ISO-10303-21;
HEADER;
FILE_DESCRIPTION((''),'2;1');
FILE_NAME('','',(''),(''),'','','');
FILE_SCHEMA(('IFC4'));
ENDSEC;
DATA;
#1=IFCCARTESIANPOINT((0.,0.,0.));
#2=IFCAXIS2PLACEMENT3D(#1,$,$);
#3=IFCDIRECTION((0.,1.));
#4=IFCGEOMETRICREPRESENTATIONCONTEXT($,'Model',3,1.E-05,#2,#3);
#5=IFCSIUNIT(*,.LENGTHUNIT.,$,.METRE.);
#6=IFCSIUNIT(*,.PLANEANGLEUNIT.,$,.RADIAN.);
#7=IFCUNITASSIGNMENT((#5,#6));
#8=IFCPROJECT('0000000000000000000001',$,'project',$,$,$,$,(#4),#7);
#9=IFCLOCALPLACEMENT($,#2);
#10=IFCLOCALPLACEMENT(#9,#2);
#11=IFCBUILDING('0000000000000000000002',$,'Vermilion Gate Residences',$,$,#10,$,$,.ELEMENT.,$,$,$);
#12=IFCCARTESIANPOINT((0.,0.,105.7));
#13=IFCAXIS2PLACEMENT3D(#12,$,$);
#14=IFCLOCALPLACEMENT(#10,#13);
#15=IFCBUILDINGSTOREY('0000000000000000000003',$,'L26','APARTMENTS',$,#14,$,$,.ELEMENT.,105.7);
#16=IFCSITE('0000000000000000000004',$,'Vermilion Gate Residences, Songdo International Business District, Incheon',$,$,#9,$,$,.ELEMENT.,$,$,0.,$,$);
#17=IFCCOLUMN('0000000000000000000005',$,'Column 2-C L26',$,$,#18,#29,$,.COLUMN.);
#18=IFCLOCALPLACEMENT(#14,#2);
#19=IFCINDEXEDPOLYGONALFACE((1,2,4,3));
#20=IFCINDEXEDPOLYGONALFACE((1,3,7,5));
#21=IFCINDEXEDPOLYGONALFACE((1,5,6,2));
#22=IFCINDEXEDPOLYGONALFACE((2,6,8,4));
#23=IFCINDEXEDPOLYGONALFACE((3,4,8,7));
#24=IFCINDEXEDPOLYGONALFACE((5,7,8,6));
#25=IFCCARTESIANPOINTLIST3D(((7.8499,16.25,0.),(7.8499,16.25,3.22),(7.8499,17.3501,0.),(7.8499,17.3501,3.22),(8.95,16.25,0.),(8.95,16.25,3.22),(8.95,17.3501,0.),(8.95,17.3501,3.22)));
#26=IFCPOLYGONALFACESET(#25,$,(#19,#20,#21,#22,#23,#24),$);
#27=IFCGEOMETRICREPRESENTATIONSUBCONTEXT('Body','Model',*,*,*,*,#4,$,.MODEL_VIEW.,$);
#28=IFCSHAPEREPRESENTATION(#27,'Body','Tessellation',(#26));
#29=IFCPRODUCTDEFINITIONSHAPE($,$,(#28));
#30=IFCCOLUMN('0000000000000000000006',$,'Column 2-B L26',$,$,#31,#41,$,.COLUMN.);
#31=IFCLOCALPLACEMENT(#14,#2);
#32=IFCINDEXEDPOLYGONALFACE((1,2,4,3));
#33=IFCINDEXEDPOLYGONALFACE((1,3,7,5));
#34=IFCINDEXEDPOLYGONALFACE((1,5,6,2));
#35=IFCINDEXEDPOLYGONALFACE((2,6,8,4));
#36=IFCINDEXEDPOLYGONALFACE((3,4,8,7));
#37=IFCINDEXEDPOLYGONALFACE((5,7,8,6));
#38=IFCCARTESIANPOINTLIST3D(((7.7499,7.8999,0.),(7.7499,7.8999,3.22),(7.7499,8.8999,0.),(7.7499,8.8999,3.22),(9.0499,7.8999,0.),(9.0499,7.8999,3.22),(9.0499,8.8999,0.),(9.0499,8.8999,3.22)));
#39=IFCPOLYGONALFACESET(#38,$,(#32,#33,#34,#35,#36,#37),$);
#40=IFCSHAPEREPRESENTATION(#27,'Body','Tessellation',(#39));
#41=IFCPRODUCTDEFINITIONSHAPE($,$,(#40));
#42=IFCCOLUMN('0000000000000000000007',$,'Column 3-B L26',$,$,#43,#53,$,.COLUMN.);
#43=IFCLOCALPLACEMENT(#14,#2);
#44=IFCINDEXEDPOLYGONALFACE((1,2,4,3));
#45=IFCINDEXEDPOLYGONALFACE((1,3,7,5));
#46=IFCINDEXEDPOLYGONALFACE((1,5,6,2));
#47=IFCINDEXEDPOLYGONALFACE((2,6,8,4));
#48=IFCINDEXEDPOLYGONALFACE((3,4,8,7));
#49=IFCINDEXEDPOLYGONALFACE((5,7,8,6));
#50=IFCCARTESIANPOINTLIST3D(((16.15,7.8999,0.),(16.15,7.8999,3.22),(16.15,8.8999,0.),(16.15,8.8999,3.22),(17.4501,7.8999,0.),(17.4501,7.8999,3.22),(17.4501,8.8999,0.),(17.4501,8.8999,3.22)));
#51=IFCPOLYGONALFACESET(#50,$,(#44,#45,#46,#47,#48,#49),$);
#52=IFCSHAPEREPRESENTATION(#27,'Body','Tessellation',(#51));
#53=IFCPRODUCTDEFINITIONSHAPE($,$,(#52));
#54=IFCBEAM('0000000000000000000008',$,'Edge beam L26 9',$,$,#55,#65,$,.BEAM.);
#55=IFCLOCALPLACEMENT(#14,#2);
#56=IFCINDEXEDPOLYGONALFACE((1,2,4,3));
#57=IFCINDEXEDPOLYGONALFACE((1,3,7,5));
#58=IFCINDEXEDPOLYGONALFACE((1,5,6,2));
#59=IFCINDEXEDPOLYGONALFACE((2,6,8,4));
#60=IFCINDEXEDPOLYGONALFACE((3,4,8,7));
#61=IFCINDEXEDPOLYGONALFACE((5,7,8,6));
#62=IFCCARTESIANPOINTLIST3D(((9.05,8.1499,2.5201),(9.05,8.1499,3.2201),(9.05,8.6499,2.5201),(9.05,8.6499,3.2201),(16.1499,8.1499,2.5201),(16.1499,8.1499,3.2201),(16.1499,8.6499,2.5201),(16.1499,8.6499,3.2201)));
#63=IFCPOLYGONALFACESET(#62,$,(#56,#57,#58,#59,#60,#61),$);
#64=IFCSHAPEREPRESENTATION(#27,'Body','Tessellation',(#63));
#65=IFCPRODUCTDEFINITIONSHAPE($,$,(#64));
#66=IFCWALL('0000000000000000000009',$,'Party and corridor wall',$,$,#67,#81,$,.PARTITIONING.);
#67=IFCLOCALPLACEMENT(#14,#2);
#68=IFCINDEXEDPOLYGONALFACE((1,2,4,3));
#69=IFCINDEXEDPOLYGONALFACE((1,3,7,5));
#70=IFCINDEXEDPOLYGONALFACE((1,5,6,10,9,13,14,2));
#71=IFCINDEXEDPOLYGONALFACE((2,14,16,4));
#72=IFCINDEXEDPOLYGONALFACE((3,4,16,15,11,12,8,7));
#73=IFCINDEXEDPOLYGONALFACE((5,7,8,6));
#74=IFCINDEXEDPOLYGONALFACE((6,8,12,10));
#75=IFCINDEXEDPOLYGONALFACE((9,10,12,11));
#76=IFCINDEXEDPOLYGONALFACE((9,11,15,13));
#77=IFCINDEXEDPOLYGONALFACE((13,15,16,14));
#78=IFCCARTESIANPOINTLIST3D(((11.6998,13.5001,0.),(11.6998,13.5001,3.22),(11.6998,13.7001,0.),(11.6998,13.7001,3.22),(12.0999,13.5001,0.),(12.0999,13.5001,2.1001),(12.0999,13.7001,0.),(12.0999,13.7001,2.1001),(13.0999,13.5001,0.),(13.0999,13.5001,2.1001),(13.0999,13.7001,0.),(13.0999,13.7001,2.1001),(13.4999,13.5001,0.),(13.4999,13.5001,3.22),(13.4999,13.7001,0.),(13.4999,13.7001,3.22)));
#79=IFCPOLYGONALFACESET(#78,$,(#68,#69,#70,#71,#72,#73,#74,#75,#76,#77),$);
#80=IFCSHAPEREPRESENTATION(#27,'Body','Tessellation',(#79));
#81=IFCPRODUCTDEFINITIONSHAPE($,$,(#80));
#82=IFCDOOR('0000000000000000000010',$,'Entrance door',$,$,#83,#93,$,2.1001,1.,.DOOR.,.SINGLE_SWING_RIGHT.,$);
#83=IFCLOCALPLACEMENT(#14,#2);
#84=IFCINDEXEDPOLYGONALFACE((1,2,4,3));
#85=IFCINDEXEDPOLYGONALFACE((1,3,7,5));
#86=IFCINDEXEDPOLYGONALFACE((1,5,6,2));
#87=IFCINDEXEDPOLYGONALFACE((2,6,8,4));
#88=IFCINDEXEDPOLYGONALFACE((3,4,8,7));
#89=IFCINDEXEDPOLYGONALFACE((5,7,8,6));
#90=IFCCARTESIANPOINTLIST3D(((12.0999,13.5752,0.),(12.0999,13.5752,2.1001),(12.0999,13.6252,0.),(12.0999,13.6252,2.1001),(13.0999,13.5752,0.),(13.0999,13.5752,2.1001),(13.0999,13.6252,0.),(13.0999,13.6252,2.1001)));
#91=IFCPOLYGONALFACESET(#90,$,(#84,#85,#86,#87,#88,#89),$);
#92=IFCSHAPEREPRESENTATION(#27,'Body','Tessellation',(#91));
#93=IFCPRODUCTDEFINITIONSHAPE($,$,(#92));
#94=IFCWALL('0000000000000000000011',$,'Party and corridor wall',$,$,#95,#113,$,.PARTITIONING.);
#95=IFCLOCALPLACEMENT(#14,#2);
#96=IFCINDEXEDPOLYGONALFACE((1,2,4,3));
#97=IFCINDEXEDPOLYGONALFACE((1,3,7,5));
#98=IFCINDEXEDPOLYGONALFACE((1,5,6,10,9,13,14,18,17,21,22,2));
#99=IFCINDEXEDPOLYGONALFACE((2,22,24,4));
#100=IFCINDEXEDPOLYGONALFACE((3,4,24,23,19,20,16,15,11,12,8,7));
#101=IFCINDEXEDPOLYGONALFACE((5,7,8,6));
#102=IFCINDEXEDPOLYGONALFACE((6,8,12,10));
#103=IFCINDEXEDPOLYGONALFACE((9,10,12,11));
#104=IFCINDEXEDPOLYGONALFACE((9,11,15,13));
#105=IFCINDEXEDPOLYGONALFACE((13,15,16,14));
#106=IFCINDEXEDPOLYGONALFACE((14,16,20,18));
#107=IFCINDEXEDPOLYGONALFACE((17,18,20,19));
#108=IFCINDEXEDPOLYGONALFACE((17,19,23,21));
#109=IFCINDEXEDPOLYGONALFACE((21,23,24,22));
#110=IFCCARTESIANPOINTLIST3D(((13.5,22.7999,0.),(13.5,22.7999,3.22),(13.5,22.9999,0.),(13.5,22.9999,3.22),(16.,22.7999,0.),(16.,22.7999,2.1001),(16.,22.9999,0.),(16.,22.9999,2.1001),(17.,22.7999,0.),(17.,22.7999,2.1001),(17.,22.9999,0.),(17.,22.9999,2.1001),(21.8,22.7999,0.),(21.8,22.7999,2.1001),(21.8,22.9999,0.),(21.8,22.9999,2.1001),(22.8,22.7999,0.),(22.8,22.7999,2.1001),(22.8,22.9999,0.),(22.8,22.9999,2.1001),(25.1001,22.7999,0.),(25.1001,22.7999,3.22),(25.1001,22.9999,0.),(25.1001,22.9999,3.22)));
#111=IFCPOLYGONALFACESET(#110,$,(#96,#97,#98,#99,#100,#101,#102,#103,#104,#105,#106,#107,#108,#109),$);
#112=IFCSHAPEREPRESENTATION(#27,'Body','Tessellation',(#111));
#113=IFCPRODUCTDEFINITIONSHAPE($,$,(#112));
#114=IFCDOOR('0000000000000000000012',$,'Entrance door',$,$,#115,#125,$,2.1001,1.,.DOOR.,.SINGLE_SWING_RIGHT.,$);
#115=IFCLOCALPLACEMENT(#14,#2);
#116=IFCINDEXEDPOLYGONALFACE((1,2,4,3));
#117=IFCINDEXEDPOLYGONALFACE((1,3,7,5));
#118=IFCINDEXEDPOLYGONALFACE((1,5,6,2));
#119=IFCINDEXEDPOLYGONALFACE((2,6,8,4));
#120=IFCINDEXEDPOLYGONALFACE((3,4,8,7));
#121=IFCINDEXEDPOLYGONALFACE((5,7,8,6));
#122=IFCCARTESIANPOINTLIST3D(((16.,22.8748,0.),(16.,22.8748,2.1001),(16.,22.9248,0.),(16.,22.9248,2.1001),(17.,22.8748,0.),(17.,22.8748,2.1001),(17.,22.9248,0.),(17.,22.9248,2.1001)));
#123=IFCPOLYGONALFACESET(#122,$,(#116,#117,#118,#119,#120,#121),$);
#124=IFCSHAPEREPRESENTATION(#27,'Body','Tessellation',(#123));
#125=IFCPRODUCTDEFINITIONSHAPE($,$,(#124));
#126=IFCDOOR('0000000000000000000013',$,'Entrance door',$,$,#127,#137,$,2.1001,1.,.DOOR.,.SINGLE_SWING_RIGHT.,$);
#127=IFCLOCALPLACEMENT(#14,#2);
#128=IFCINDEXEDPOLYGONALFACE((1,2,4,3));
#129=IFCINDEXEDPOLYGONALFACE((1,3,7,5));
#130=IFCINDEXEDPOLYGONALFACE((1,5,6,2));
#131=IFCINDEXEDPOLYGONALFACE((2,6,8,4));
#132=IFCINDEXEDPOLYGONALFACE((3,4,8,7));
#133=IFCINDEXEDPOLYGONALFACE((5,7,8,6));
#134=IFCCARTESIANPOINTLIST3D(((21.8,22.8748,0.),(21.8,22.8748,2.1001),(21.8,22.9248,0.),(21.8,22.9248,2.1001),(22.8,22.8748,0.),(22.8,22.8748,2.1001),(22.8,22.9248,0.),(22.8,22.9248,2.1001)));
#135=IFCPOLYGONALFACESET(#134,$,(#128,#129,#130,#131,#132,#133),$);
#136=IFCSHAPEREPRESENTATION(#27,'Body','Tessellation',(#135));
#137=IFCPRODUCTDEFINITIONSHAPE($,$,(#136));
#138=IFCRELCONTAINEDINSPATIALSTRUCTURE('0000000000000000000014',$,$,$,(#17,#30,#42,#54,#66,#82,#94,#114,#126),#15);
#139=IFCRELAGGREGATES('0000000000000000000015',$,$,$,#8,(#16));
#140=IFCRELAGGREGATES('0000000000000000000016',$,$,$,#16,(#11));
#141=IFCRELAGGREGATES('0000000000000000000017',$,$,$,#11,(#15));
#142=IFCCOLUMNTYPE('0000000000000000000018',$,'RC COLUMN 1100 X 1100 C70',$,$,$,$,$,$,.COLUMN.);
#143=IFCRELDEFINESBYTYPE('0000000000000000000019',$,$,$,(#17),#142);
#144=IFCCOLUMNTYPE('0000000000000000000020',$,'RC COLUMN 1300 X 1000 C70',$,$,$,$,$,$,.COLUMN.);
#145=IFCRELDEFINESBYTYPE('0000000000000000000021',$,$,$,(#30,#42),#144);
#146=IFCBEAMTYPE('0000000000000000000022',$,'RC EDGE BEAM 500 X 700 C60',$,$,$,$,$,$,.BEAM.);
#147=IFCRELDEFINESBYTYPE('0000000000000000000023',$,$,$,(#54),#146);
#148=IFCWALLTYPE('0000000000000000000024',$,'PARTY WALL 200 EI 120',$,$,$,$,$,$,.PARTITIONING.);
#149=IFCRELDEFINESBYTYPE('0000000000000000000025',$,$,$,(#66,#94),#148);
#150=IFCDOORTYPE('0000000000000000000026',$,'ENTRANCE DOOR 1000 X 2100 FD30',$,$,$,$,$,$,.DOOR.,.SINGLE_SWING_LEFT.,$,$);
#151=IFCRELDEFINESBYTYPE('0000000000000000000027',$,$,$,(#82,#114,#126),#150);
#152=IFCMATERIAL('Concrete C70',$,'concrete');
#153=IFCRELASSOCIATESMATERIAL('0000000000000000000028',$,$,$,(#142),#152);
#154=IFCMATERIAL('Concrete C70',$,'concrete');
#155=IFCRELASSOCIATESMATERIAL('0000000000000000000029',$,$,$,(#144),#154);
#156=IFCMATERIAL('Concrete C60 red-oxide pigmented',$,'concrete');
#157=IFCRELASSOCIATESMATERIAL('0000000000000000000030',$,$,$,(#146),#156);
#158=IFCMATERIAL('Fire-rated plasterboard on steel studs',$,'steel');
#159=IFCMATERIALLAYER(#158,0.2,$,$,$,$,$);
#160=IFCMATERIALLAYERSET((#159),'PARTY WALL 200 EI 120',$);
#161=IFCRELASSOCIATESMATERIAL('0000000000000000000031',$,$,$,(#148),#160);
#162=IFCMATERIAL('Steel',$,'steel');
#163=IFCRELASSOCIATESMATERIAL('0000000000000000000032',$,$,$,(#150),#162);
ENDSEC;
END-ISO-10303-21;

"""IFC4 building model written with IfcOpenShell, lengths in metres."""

from ifc_helpers import new_model, si_unit, direction, frame, frame_2d, origin, origin_2d, place, context, subcontext, project, spatial, rectangle, extrude, material, layer, layer_set, material_profile, profile_set, type_object, element, fill, save


model = new_model("IFC4")

# Units and contexts
model_context = context("Model", 3, precision=1e-05, world=origin(), true_north=direction((0.0, 1.0)))
body_context = subcontext(model_context, "Body", "Model", "MODEL_VIEW")
ifc_project = project(units=[si_unit("LENGTHUNIT", "METRE"), si_unit("PLANEANGLEUNIT", "RADIAN")], contexts=[model_context])

# Site, building, storey
site_placement = place(None, origin())
site = spatial("IfcSite", under=ifc_project, at=site_placement, Name="Vermilion Gate Residences, Songdo International Business District, Incheon", CompositionType="ELEMENT", RefElevation=0.0)
building_placement = place(site_placement, origin())
building = spatial("IfcBuilding", under=site, at=building_placement, Name="Vermilion Gate Residences", CompositionType="ELEMENT")
storey_placement = place(building_placement, frame((0.0, 0.0, 105.7)))
storey = spatial("IfcBuildingStorey", under=building, at=storey_placement, Name="L26", Description="APARTMENTS", CompositionType="ELEMENT", Elevation=105.7)

# Columns
ifc_material_1 = material(Name="Concrete C70", Category="concrete")
ifc_material_profile_1 = material_profile(ifc_material_1, rectangle(XDim=1.1001, YDim=1.1001, at=origin_2d()), Name="RC-1100x1100")
ifc_profile_set_1 = profile_set([ifc_material_profile_1], Name="Concrete C70")
column_type_1 = type_object("IfcColumnType", Name="RC COLUMN 1100 X 1100 C70", PredefinedType="COLUMN", material=ifc_profile_set_1)
column_placement = place(storey_placement, frame((8.3999, 16.8, 0.0), z_axis=(0.0, 0.0, 1.0), x_axis=(1.0, 0.0, 0.0)))
element("IfcColumn", 1, at=column_placement, inside=storey, type_object=column_type_1, Name="Column 2-C L26", PredefinedType="COLUMN", context=body_context, shape_type="SweptSolid", body=[
    extrude(rectangle(XDim=1.1001, YDim=1.1001, at=origin_2d()), origin(), (0.0, 0.0, 1.0), 3.22),
])
ifc_material_2 = material(Name="Concrete C70", Category="concrete")
ifc_material_profile_2 = material_profile(ifc_material_2, rectangle(XDim=1.3, YDim=1.0, at=origin_2d()), Name="RC-1300x1000")
ifc_profile_set_2 = profile_set([ifc_material_profile_2], Name="Concrete C70")
column_type_2 = type_object("IfcColumnType", Name="RC COLUMN 1300 X 1000 C70", PredefinedType="COLUMN", material=ifc_profile_set_2)
for number, where, z_axis, x_axis, name in (
    (2, (8.3999, 8.3999, 0.0), (0.0, 0.0, 1.0), (1.0, 0.0, 0.0), "Column 2-B L26"),
    (3, (16.8, 8.3999, 0.0), (0.0, 0.0, 1.0), (1.0, 0.0, 0.0), "Column 3-B L26"),
):
    element("IfcColumn", number, at=place(storey_placement, frame(where, z_axis=z_axis, x_axis=x_axis)), inside=storey, type_object=column_type_2, Name=name, PredefinedType="COLUMN", context=body_context, shape_type="SweptSolid", body=[
        extrude(rectangle(XDim=1.3, YDim=1.0, at=origin_2d()), origin(), (0.0, 0.0, 1.0), 3.22),
    ])

# Beam
ifc_material_3 = material(Name="Concrete C60 red-oxide pigmented", Category="concrete")
ifc_material_profile_3 = material_profile(ifc_material_3, rectangle(XDim=0.5, YDim=0.7, at=origin_2d()), Name="RC-500x700")
ifc_profile_set_3 = profile_set([ifc_material_profile_3], Name="Concrete C60 red-oxide pigmented")
beam_type = type_object("IfcBeamType", Name="RC EDGE BEAM 500 X 700 C60", PredefinedType="BEAM", material=ifc_profile_set_3)
beam_placement = place(storey_placement, frame((9.05, 8.3999, 2.8701), z_axis=(1.0, 0.0, 0.0), x_axis=(0.0, 1.0, 0.0)))
element("IfcBeam", 4, at=beam_placement, inside=storey, type_object=beam_type, Name="Edge beam L26 9", PredefinedType="BEAM", context=body_context, shape_type="SweptSolid", body=[
    extrude(rectangle(XDim=0.5, YDim=0.7, at=origin_2d()), origin(), (0.0, 0.0, 1.0), 7.0999),
])

# Wall, opening, door
ifc_material_4 = material(Name="Fire-rated plasterboard on steel studs", Category="steel")
ifc_layer_1 = layer(ifc_material_4, 0.2)
ifc_layer_set_1 = layer_set([ifc_layer_1], Name="PARTY WALL 200 EI 120")
wall_type_1 = type_object("IfcWallType", Name="PARTY WALL 200 EI 120", PredefinedType="PARTITIONING", material=ifc_layer_set_1)
wall_1_placement = place(storey_placement, frame((11.7, 13.6001, 0.0), z_axis=(0.0, 0.0, 1.0), x_axis=(1.0, 0.0, 0.0)))
wall_1 = element("IfcWall", 5, at=wall_1_placement, inside=storey, type_object=wall_type_1, Name="Party and corridor wall", PredefinedType="PARTITIONING", context=body_context, shape_type="SweptSolid", body=[
    extrude(rectangle(XDim=1.8, YDim=0.2, at=frame_2d((0.8999, 0.0))), origin(), (0.0, 0.0, 1.0), 3.22),
])
opening_1_placement = place(wall_1_placement, frame((0.3999, 0.0, 0.0)))
opening_1 = element("IfcOpeningElement", 6, at=opening_1_placement, cuts=wall_1, PredefinedType="OPENING", context=body_context, shape_type="SweptSolid", body=[
    extrude(rectangle(XDim=1.0, YDim=2.1001, at=frame_2d((0.5, 1.05))), frame((0.0, 0.1099, 0.0), z_axis=(0.0, -1.0, 0.0), x_axis=(1.0, 0.0, 0.0)), (0.0, 0.0, 1.0), 0.22),
])
ifc_material_5 = material(Name="Steel", Category="steel")
door_type_1 = type_object("IfcDoorType", Name="ENTRANCE DOOR 1000 X 2100 FD30", OperationType="SINGLE_SWING_LEFT", PredefinedType="DOOR", material=ifc_material_5)
door_1_placement = place(opening_1_placement, frame((1.0, 0.0, 0.0), z_axis=(0.0, 0.0, 1.0), x_axis=(-1.0, 0.0, 0.0)))
door_1 = element("IfcDoor", 7, at=door_1_placement, inside=storey, type_object=door_type_1, Name="Entrance door", OperationType="SINGLE_SWING_RIGHT", OverallHeight=2.1001, OverallWidth=1.0, PredefinedType="DOOR", context=body_context, shape_type="SweptSolid", body=[
    extrude(rectangle(XDim=1.0, YDim=2.1001, at=frame_2d((0.5, 1.05))), frame((0.0, 0.0249, 0.0), z_axis=(0.0, -1.0, 0.0), x_axis=(1.0, 0.0, 0.0)), (0.0, 0.0, 1.0), 0.05),
])
fill(opening_1, door_1)

# Wall, openings, doors
wall_2_placement = place(storey_placement, frame((13.5, 22.8999, 0.0), z_axis=(0.0, 0.0, 1.0), x_axis=(1.0, 0.0, 0.0)))
wall_2 = element("IfcWall", 8, at=wall_2_placement, inside=storey, type_object=wall_type_1, Name="Party and corridor wall", PredefinedType="PARTITIONING", context=body_context, shape_type="SweptSolid", body=[
    extrude(rectangle(XDim=11.6001, YDim=0.2, at=frame_2d((5.8, 0.0))), origin(), (0.0, 0.0, 1.0), 3.22),
])
opening_2_placement = place(wall_2_placement, frame((2.5, 0.0, 0.0)))
opening_2 = element("IfcOpeningElement", 9, at=opening_2_placement, cuts=wall_2, PredefinedType="OPENING", context=body_context, shape_type="SweptSolid", body=[
    extrude(rectangle(XDim=1.0, YDim=2.1001, at=frame_2d((0.5, 1.05))), frame((0.0, 0.1099, 0.0), z_axis=(0.0, -1.0, 0.0), x_axis=(1.0, 0.0, 0.0)), (0.0, 0.0, 1.0), 0.22),
])
opening_3_placement = place(wall_2_placement, frame((8.3, 0.0, 0.0)))
opening_3 = element("IfcOpeningElement", 10, at=opening_3_placement, cuts=wall_2, PredefinedType="OPENING", context=body_context, shape_type="SweptSolid", body=[
    extrude(rectangle(XDim=1.0, YDim=2.1001, at=frame_2d((0.5, 1.05))), frame((0.0, 0.1099, 0.0), z_axis=(0.0, -1.0, 0.0), x_axis=(1.0, 0.0, 0.0)), (0.0, 0.0, 1.0), 0.22),
])
door_2_placement = place(opening_2_placement, origin())
door_2 = element("IfcDoor", 11, at=door_2_placement, inside=storey, type_object=door_type_1, Name="Entrance door", OperationType="SINGLE_SWING_RIGHT", OverallHeight=2.1001, OverallWidth=1.0, PredefinedType="DOOR", context=body_context, shape_type="SweptSolid", body=[
    extrude(rectangle(XDim=1.0, YDim=2.1001, at=frame_2d((0.5, 1.05))), frame((0.0, 0.0249, 0.0), z_axis=(0.0, -1.0, 0.0), x_axis=(1.0, 0.0, 0.0)), (0.0, 0.0, 1.0), 0.05),
])
fill(opening_2, door_2)
door_3_placement = place(opening_3_placement, origin())
door_3 = element("IfcDoor", 12, at=door_3_placement, inside=storey, type_object=door_type_1, Name="Entrance door", OperationType="SINGLE_SWING_RIGHT", OverallHeight=2.1001, OverallWidth=1.0, PredefinedType="DOOR", context=body_context, shape_type="SweptSolid", body=[
    extrude(rectangle(XDim=1.0, YDim=2.1001, at=frame_2d((0.5, 1.05))), frame((0.0, 0.0249, 0.0), z_axis=(0.0, -1.0, 0.0), x_axis=(1.0, 0.0, 0.0)), (0.0, 0.0, 1.0), 0.05),
])
fill(opening_3, door_3)

save(model, "model.ifc")
